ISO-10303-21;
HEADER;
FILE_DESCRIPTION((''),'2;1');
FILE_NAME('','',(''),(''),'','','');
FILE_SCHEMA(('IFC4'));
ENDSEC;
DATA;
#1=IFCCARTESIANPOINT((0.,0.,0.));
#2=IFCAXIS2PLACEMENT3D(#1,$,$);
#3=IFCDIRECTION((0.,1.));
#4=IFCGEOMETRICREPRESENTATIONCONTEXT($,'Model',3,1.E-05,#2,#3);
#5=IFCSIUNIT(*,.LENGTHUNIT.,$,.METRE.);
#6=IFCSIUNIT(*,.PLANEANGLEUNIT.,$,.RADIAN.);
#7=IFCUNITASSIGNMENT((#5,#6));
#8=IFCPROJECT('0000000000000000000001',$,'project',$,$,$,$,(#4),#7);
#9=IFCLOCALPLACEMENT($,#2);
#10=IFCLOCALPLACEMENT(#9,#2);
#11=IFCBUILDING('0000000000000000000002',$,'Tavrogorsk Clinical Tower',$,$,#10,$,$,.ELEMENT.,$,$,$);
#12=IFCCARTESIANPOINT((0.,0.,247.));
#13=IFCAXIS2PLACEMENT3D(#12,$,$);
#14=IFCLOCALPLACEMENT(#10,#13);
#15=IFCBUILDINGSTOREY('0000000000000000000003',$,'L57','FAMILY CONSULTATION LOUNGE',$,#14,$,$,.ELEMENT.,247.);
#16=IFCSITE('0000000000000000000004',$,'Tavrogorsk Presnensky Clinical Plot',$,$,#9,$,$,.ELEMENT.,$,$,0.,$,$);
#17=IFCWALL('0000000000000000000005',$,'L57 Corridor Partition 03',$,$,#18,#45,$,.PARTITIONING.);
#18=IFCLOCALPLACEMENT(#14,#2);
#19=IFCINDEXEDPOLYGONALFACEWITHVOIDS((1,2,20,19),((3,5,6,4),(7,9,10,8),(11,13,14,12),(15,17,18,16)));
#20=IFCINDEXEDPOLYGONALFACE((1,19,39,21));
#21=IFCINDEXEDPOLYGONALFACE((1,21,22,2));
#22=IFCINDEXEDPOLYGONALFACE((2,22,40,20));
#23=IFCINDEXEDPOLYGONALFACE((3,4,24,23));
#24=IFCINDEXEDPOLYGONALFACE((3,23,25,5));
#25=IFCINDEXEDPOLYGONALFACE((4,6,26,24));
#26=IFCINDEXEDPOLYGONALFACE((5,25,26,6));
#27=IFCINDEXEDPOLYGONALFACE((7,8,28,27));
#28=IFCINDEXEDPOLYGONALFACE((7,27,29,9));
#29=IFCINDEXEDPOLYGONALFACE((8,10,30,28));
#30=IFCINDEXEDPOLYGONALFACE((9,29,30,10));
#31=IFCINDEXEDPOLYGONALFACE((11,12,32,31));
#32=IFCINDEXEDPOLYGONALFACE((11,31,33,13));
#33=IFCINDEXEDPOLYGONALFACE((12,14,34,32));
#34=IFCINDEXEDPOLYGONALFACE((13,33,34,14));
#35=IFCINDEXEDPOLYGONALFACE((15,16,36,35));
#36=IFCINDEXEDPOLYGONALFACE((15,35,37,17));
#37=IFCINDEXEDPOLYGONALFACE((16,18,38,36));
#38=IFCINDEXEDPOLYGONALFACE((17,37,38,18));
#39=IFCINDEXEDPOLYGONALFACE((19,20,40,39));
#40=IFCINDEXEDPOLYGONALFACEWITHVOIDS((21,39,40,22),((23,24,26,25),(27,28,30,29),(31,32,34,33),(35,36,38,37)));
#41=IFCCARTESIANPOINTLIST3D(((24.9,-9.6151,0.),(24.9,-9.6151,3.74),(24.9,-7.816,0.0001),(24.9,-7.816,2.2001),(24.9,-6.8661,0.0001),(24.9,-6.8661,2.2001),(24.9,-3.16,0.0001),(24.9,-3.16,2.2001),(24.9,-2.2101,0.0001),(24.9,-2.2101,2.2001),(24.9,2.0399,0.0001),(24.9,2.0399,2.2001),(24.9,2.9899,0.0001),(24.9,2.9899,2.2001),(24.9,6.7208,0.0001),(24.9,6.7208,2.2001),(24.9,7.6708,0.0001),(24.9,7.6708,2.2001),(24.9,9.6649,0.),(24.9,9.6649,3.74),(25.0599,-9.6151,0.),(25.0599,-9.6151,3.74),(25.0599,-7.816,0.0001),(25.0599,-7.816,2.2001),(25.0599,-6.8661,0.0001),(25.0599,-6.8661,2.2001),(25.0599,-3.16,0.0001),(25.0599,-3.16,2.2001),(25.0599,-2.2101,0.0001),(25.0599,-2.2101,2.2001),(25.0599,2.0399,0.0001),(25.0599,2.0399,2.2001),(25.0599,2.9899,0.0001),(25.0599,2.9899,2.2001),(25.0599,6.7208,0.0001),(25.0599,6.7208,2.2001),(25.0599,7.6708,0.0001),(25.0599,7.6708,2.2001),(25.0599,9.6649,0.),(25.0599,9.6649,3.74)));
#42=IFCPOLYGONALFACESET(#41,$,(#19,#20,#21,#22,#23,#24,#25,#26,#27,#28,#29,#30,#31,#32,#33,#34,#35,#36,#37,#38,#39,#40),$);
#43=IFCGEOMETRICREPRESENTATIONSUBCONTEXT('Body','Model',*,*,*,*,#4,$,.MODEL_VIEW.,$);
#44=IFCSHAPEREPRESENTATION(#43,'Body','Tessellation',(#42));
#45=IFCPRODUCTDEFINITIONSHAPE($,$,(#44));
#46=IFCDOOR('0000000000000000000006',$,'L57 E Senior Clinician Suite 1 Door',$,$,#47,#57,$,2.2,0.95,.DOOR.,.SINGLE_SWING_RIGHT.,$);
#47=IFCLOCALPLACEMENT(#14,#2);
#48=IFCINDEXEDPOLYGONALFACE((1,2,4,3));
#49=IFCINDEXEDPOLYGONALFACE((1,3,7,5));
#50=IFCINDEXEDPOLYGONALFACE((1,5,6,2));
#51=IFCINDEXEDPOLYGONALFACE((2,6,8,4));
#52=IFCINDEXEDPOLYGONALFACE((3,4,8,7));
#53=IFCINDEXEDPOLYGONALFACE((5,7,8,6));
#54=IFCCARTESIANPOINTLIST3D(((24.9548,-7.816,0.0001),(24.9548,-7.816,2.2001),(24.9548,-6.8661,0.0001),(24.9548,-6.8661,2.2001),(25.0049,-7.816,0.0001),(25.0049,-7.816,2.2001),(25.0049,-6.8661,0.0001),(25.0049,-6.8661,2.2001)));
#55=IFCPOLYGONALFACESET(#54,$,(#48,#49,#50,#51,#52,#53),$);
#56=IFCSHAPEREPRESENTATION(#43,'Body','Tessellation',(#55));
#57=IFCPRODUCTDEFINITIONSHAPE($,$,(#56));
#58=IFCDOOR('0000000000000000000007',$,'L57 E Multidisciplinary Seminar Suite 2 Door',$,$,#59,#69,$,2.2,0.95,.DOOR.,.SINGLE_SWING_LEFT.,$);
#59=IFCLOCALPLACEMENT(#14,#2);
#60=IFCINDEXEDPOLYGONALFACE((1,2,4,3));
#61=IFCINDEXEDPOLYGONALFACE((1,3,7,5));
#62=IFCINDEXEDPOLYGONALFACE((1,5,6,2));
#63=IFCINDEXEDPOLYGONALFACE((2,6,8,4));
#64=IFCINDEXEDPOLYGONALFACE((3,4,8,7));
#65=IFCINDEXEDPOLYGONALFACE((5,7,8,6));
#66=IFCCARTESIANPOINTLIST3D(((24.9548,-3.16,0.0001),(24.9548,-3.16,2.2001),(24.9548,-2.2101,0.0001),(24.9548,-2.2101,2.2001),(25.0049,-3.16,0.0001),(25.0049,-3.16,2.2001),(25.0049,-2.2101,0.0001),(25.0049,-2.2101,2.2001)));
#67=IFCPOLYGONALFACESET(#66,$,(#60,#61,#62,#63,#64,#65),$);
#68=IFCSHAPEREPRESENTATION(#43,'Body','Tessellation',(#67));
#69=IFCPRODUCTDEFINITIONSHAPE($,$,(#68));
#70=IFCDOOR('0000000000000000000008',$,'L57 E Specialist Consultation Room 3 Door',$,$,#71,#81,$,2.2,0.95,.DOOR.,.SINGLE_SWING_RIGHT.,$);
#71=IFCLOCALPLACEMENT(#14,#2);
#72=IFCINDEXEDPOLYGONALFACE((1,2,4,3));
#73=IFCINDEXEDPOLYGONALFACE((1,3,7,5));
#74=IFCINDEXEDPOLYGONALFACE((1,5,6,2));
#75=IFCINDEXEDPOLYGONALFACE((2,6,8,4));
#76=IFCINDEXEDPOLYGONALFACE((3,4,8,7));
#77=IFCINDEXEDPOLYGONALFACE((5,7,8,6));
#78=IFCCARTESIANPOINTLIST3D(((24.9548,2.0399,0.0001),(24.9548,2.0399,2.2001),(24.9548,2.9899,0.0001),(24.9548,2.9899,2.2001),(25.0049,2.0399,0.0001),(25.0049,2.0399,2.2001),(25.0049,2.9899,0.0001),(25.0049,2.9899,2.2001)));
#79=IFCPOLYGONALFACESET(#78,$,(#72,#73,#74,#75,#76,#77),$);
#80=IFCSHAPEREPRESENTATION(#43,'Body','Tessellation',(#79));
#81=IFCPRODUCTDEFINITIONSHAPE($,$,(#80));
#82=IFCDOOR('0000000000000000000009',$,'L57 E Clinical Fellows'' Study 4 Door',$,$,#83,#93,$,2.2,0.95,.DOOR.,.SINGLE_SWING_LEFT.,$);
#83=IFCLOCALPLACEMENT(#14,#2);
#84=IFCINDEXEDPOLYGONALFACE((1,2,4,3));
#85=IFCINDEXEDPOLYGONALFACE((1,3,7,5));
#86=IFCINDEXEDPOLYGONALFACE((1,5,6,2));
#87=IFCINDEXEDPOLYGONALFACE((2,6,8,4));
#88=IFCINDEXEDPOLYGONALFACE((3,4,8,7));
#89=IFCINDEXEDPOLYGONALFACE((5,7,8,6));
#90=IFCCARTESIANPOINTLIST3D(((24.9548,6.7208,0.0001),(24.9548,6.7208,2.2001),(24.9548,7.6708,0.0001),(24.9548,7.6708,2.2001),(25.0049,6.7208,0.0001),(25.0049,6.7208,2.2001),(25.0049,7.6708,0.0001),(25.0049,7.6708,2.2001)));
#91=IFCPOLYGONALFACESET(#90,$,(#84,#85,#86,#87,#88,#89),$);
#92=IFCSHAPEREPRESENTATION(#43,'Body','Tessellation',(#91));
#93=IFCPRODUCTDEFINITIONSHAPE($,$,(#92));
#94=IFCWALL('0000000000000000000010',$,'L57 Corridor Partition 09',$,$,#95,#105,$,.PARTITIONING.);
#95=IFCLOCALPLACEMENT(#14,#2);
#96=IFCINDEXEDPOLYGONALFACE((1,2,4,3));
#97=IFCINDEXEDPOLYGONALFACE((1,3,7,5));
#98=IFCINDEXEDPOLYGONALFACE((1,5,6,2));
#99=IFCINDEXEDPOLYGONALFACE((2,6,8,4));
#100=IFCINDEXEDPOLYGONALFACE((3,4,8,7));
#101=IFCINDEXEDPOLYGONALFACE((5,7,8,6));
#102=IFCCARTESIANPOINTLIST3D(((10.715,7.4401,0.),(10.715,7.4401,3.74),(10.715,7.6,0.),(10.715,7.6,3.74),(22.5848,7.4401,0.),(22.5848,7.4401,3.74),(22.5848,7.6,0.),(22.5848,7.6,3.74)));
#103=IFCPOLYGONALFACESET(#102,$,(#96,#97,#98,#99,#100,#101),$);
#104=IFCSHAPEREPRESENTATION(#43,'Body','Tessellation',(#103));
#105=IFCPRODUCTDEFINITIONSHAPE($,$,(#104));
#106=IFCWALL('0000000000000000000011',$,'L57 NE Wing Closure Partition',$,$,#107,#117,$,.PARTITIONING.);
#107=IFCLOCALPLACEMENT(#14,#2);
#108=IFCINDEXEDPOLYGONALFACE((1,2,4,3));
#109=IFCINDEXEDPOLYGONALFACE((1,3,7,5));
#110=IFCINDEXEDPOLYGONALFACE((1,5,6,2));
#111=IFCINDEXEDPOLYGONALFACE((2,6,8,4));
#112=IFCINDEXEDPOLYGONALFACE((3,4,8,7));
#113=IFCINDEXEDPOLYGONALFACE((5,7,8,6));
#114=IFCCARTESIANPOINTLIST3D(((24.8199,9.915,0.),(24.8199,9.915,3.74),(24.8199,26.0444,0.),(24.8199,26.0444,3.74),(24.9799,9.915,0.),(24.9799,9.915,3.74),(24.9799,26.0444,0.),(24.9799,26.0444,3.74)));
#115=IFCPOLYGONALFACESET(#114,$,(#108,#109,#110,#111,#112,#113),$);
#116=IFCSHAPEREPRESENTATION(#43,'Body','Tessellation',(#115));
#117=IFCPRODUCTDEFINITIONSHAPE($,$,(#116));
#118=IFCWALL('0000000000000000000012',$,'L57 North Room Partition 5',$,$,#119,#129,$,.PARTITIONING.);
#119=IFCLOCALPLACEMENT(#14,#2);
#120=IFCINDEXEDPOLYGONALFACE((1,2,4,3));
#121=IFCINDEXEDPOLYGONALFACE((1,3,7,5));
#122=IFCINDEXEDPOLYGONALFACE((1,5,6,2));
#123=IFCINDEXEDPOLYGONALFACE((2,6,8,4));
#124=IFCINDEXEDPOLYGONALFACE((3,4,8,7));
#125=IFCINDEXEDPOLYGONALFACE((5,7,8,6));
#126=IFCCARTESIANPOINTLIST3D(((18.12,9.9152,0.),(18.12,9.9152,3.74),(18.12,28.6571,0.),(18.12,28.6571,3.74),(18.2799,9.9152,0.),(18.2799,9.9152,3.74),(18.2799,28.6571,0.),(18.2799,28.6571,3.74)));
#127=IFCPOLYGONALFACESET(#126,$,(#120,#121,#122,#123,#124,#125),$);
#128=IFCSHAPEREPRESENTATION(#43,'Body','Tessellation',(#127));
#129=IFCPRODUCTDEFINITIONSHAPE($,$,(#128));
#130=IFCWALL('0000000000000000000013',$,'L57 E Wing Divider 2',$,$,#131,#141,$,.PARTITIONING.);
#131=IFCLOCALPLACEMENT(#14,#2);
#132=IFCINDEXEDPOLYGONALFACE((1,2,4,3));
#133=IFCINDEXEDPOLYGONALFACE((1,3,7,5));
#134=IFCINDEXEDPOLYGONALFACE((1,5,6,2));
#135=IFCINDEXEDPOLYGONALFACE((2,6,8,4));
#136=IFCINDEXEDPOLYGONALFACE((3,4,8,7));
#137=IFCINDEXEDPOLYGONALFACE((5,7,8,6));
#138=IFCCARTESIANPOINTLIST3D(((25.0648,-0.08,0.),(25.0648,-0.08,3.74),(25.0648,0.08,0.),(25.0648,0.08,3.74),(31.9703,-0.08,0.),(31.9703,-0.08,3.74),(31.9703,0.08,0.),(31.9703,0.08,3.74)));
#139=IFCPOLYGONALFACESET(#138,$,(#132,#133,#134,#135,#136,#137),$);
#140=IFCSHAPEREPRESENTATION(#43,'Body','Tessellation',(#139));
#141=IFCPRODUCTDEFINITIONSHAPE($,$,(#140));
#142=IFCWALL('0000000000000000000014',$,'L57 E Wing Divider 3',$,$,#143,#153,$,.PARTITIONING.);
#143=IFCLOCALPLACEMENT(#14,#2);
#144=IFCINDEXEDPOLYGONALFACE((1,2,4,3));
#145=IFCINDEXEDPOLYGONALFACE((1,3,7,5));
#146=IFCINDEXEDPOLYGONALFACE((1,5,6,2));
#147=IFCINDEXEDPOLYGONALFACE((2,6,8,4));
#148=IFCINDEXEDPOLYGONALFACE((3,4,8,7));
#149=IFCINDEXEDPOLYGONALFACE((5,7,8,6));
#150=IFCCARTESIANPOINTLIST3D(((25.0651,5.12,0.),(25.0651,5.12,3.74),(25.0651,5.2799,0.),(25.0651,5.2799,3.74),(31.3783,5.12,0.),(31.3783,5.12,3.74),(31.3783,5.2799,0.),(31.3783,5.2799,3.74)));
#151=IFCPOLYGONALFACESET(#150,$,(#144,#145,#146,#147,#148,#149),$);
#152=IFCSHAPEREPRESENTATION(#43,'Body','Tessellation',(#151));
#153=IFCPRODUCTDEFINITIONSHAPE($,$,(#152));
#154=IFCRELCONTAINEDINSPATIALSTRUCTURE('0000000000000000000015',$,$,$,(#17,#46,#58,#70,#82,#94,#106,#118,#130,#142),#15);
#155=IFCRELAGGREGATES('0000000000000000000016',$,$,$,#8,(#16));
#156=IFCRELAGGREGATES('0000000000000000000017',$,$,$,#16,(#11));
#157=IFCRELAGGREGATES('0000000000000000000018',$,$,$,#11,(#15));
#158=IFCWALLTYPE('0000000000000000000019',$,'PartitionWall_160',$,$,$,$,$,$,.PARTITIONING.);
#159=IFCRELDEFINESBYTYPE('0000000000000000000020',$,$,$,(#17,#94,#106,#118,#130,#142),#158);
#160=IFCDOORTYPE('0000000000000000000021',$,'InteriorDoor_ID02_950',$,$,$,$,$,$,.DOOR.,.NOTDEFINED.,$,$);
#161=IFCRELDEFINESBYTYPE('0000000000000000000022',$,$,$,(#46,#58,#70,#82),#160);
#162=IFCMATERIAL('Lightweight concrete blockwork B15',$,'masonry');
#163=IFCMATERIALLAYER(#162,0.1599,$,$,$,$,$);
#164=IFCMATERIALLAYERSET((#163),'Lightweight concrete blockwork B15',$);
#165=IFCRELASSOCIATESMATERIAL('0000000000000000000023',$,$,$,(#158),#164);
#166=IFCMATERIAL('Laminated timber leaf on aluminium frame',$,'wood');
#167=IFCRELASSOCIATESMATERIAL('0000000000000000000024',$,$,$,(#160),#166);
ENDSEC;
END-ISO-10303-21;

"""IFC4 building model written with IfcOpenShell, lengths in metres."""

from ifc_helpers import new_model, si_unit, direction, frame, frame_2d, origin, place, context, subcontext, project, spatial, rectangle, extrude, material, layer, layer_set, type_object, element, fill, save


model = new_model("IFC4")

# Units and contexts
model_context = context("Model", 3, precision=1e-05, world=origin(), true_north=direction((0.0, 1.0)))
body_context = subcontext(model_context, "Body", "Model", "MODEL_VIEW")
ifc_project = project(units=[si_unit("LENGTHUNIT", "METRE"), si_unit("PLANEANGLEUNIT", "RADIAN")], contexts=[model_context])

# Site, building, storey
site_placement = place(None, origin())
site = spatial("IfcSite", under=ifc_project, at=site_placement, Name="Tavrogorsk Presnensky Clinical Plot", CompositionType="ELEMENT", RefElevation=0.0)
building_placement = place(site_placement, origin())
building = spatial("IfcBuilding", under=site, at=building_placement, Name="Tavrogorsk Clinical Tower", CompositionType="ELEMENT")
storey_placement = place(building_placement, frame((0.0, 0.0, 247.0)))
storey = spatial("IfcBuildingStorey", under=building, at=storey_placement, Name="L57", Description="FAMILY CONSULTATION LOUNGE", CompositionType="ELEMENT", Elevation=247.0)

# Wall, openings, doors
ifc_material_1 = material(Name="Lightweight concrete blockwork B15", Category="masonry")
ifc_layer_1 = layer(ifc_material_1, 0.1599)
ifc_layer_set_1 = layer_set([ifc_layer_1], Name="Lightweight concrete blockwork B15")
wall_type_1 = type_object("IfcWallType", Name="PartitionWall_160", PredefinedType="PARTITIONING", material=ifc_layer_set_1)
wall_1_placement = place(storey_placement, frame((24.98, 9.665, 0.0), z_axis=(0.0, 0.0, 1.0), x_axis=(0.0, -1.0, 0.0)))
wall_1 = element("IfcWall", 1, at=wall_1_placement, inside=storey, type_object=wall_type_1, Name="L57 Corridor Partition 03", PredefinedType="PARTITIONING", context=body_context, shape_type="SweptSolid", body=[
    extrude(rectangle(XDim=19.28, YDim=0.1599, at=frame_2d((9.6401, 0.0))), origin(), (0.0, 0.0, 1.0), 3.74),
])
opening_1_placement = place(wall_1_placement, frame((16.531, 0.0, 0.0)))
opening_1 = element("IfcOpeningElement", 2, at=opening_1_placement, cuts=wall_1, PredefinedType="OPENING", context=body_context, shape_type="SweptSolid", body=[
    extrude(rectangle(XDim=0.95, YDim=2.2, at=frame_2d((0.4751, 1.1001))), frame((0.0, 0.0898, 0.0), z_axis=(0.0, -1.0, 0.0), x_axis=(1.0, 0.0, 0.0)), (0.0, 0.0, 1.0), 0.1799),
])
opening_2_placement = place(wall_1_placement, frame((11.875, 0.0, 0.0)))
opening_2 = element("IfcOpeningElement", 3, at=opening_2_placement, cuts=wall_1, PredefinedType="OPENING", context=body_context, shape_type="SweptSolid", body=[
    extrude(rectangle(XDim=0.95, YDim=2.2, at=frame_2d((0.4751, 1.1001))), frame((0.0, 0.0898, 0.0), z_axis=(0.0, -1.0, 0.0), x_axis=(1.0, 0.0, 0.0)), (0.0, 0.0, 1.0), 0.1799),
])
opening_3_placement = place(wall_1_placement, frame((6.675, 0.0, 0.0)))
opening_3 = element("IfcOpeningElement", 4, at=opening_3_placement, cuts=wall_1, PredefinedType="OPENING", context=body_context, shape_type="SweptSolid", body=[
    extrude(rectangle(XDim=0.95, YDim=2.2, at=frame_2d((0.4751, 1.1001))), frame((0.0, 0.0898, 0.0), z_axis=(0.0, -1.0, 0.0), x_axis=(1.0, 0.0, 0.0)), (0.0, 0.0, 1.0), 0.1799),
])
opening_4_placement = place(wall_1_placement, frame((1.9941, 0.0, 0.0)))
opening_4 = element("IfcOpeningElement", 5, at=opening_4_placement, cuts=wall_1, PredefinedType="OPENING", context=body_context, shape_type="SweptSolid", body=[
    extrude(rectangle(XDim=0.95, YDim=2.2, at=frame_2d((0.4751, 1.1001))), frame((0.0, 0.0898, 0.0), z_axis=(0.0, -1.0, 0.0), x_axis=(1.0, 0.0, 0.0)), (0.0, 0.0, 1.0), 0.1799),
])
ifc_material_2 = material(Name="Laminated timber leaf on aluminium frame", Category="wood")
door_type_1 = type_object("IfcDoorType", Name="InteriorDoor_ID02_950", OperationType="NOTDEFINED", PredefinedType="DOOR", material=ifc_material_2)
door_1_placement = place(opening_1_placement, origin())
door_1 = element("IfcDoor", 6, at=door_1_placement, inside=storey, type_object=door_type_1, Name="L57 E Senior Clinician Suite 1 Door", OperationType="SINGLE_SWING_RIGHT", OverallHeight=2.2, OverallWidth=0.95, PredefinedType="DOOR", context=body_context, shape_type="SweptSolid", body=[
    extrude(rectangle(XDim=0.95, YDim=2.2, at=frame_2d((0.4751, 1.1001))), frame((0.0, 0.0249, 0.0), z_axis=(0.0, -1.0, 0.0), x_axis=(1.0, 0.0, 0.0)), (0.0, 0.0, 1.0), 0.05),
])
fill(opening_1, door_1)
door_2_placement = place(opening_2_placement, origin())
door_2 = element("IfcDoor", 7, at=door_2_placement, inside=storey, type_object=door_type_1, Name="L57 E Multidisciplinary Seminar Suite 2 Door", OperationType="SINGLE_SWING_LEFT", OverallHeight=2.2, OverallWidth=0.95, PredefinedType="DOOR", context=body_context, shape_type="SweptSolid", body=[
    extrude(rectangle(XDim=0.95, YDim=2.2, at=frame_2d((0.4751, 1.1001))), frame((0.0, 0.0249, 0.0), z_axis=(0.0, -1.0, 0.0), x_axis=(1.0, 0.0, 0.0)), (0.0, 0.0, 1.0), 0.05),
])
fill(opening_2, door_2)
door_3_placement = place(opening_3_placement, origin())
door_3 = element("IfcDoor", 8, at=door_3_placement, inside=storey, type_object=door_type_1, Name="L57 E Specialist Consultation Room 3 Door", OperationType="SINGLE_SWING_RIGHT", OverallHeight=2.2, OverallWidth=0.95, PredefinedType="DOOR", context=body_context, shape_type="SweptSolid", body=[
    extrude(rectangle(XDim=0.95, YDim=2.2, at=frame_2d((0.4751, 1.1001))), frame((0.0, 0.0249, 0.0), z_axis=(0.0, -1.0, 0.0), x_axis=(1.0, 0.0, 0.0)), (0.0, 0.0, 1.0), 0.05),
])
fill(opening_3, door_3)
door_4_placement = place(opening_4_placement, origin())
door_4 = element("IfcDoor", 9, at=door_4_placement, inside=storey, type_object=door_type_1, Name="L57 E Clinical Fellows' Study 4 Door", OperationType="SINGLE_SWING_LEFT", OverallHeight=2.2, OverallWidth=0.95, PredefinedType="DOOR", context=body_context, shape_type="SweptSolid", body=[
    extrude(rectangle(XDim=0.95, YDim=2.2, at=frame_2d((0.4751, 1.1001))), frame((0.0, 0.0249, 0.0), z_axis=(0.0, -1.0, 0.0), x_axis=(1.0, 0.0, 0.0)), (0.0, 0.0, 1.0), 0.05),
])
fill(opening_4, door_4)

# Walls
wall_2_placement = place(storey_placement, frame((22.585, 7.52, 0.0), z_axis=(0.0, 0.0, 1.0), x_axis=(-1.0, 0.0, 0.0)))
element("IfcWall", 10, at=wall_2_placement, inside=storey, type_object=wall_type_1, Name="L57 Corridor Partition 09", PredefinedType="PARTITIONING", context=body_context, shape_type="SweptSolid", body=[
    extrude(rectangle(XDim=11.8699, YDim=0.1599, at=frame_2d((5.9351, 0.0))), origin(), (0.0, 0.0, 1.0), 3.74),
])
wall_3_placement = place(storey_placement, frame((24.8999, 9.915, 0.0), z_axis=(0.0, 0.0, 1.0), x_axis=(0.0, 1.0, 0.0)))
element("IfcWall", 11, at=wall_3_placement, inside=storey, type_object=wall_type_1, Name="L57 NE Wing Closure Partition", PredefinedType="PARTITIONING", context=body_context, shape_type="SweptSolid", body=[
    extrude(rectangle(XDim=16.1294, YDim=0.1599, at=frame_2d((8.0647, 0.0))), origin(), (0.0, 0.0, 1.0), 3.74),
])
wall_4_placement = place(storey_placement, frame((18.2, 9.915, 0.0), z_axis=(0.0, 0.0, 1.0), x_axis=(0.0, 1.0, 0.0)))
element("IfcWall", 12, at=wall_4_placement, inside=storey, type_object=wall_type_1, Name="L57 North Room Partition 5", PredefinedType="PARTITIONING", context=body_context, shape_type="SweptSolid", body=[
    extrude(rectangle(XDim=18.7419, YDim=0.1599, at=frame_2d((9.3711, 0.0))), origin(), (0.0, 0.0, 1.0), 3.74),
])
wall_5_placement = place(storey_placement, frame((25.0649, 0.0, 0.0), z_axis=(0.0, 0.0, 1.0), x_axis=(1.0, 0.0, 0.0)))
element("IfcWall", 13, at=wall_5_placement, inside=storey, type_object=wall_type_1, Name="L57 E Wing Divider 2", PredefinedType="PARTITIONING", context=body_context, shape_type="SweptSolid", body=[
    extrude(rectangle(XDim=6.9055, YDim=0.1599, at=frame_2d((3.4526, 0.0))), origin(), (0.0, 0.0, 1.0), 3.74),
])
wall_6_placement = place(storey_placement, frame((25.0649, 5.2, 0.0), z_axis=(0.0, 0.0, 1.0), x_axis=(1.0, 0.0, 0.0)))
element("IfcWall", 14, at=wall_6_placement, inside=storey, type_object=wall_type_1, Name="L57 E Wing Divider 3", PredefinedType="PARTITIONING", context=body_context, shape_type="SweptSolid", body=[
    extrude(rectangle(XDim=6.3132, YDim=0.1599, at=frame_2d((3.1567, 0.0))), origin(), (0.0, 0.0, 1.0), 3.74),
])

save(model, "model.ifc")
